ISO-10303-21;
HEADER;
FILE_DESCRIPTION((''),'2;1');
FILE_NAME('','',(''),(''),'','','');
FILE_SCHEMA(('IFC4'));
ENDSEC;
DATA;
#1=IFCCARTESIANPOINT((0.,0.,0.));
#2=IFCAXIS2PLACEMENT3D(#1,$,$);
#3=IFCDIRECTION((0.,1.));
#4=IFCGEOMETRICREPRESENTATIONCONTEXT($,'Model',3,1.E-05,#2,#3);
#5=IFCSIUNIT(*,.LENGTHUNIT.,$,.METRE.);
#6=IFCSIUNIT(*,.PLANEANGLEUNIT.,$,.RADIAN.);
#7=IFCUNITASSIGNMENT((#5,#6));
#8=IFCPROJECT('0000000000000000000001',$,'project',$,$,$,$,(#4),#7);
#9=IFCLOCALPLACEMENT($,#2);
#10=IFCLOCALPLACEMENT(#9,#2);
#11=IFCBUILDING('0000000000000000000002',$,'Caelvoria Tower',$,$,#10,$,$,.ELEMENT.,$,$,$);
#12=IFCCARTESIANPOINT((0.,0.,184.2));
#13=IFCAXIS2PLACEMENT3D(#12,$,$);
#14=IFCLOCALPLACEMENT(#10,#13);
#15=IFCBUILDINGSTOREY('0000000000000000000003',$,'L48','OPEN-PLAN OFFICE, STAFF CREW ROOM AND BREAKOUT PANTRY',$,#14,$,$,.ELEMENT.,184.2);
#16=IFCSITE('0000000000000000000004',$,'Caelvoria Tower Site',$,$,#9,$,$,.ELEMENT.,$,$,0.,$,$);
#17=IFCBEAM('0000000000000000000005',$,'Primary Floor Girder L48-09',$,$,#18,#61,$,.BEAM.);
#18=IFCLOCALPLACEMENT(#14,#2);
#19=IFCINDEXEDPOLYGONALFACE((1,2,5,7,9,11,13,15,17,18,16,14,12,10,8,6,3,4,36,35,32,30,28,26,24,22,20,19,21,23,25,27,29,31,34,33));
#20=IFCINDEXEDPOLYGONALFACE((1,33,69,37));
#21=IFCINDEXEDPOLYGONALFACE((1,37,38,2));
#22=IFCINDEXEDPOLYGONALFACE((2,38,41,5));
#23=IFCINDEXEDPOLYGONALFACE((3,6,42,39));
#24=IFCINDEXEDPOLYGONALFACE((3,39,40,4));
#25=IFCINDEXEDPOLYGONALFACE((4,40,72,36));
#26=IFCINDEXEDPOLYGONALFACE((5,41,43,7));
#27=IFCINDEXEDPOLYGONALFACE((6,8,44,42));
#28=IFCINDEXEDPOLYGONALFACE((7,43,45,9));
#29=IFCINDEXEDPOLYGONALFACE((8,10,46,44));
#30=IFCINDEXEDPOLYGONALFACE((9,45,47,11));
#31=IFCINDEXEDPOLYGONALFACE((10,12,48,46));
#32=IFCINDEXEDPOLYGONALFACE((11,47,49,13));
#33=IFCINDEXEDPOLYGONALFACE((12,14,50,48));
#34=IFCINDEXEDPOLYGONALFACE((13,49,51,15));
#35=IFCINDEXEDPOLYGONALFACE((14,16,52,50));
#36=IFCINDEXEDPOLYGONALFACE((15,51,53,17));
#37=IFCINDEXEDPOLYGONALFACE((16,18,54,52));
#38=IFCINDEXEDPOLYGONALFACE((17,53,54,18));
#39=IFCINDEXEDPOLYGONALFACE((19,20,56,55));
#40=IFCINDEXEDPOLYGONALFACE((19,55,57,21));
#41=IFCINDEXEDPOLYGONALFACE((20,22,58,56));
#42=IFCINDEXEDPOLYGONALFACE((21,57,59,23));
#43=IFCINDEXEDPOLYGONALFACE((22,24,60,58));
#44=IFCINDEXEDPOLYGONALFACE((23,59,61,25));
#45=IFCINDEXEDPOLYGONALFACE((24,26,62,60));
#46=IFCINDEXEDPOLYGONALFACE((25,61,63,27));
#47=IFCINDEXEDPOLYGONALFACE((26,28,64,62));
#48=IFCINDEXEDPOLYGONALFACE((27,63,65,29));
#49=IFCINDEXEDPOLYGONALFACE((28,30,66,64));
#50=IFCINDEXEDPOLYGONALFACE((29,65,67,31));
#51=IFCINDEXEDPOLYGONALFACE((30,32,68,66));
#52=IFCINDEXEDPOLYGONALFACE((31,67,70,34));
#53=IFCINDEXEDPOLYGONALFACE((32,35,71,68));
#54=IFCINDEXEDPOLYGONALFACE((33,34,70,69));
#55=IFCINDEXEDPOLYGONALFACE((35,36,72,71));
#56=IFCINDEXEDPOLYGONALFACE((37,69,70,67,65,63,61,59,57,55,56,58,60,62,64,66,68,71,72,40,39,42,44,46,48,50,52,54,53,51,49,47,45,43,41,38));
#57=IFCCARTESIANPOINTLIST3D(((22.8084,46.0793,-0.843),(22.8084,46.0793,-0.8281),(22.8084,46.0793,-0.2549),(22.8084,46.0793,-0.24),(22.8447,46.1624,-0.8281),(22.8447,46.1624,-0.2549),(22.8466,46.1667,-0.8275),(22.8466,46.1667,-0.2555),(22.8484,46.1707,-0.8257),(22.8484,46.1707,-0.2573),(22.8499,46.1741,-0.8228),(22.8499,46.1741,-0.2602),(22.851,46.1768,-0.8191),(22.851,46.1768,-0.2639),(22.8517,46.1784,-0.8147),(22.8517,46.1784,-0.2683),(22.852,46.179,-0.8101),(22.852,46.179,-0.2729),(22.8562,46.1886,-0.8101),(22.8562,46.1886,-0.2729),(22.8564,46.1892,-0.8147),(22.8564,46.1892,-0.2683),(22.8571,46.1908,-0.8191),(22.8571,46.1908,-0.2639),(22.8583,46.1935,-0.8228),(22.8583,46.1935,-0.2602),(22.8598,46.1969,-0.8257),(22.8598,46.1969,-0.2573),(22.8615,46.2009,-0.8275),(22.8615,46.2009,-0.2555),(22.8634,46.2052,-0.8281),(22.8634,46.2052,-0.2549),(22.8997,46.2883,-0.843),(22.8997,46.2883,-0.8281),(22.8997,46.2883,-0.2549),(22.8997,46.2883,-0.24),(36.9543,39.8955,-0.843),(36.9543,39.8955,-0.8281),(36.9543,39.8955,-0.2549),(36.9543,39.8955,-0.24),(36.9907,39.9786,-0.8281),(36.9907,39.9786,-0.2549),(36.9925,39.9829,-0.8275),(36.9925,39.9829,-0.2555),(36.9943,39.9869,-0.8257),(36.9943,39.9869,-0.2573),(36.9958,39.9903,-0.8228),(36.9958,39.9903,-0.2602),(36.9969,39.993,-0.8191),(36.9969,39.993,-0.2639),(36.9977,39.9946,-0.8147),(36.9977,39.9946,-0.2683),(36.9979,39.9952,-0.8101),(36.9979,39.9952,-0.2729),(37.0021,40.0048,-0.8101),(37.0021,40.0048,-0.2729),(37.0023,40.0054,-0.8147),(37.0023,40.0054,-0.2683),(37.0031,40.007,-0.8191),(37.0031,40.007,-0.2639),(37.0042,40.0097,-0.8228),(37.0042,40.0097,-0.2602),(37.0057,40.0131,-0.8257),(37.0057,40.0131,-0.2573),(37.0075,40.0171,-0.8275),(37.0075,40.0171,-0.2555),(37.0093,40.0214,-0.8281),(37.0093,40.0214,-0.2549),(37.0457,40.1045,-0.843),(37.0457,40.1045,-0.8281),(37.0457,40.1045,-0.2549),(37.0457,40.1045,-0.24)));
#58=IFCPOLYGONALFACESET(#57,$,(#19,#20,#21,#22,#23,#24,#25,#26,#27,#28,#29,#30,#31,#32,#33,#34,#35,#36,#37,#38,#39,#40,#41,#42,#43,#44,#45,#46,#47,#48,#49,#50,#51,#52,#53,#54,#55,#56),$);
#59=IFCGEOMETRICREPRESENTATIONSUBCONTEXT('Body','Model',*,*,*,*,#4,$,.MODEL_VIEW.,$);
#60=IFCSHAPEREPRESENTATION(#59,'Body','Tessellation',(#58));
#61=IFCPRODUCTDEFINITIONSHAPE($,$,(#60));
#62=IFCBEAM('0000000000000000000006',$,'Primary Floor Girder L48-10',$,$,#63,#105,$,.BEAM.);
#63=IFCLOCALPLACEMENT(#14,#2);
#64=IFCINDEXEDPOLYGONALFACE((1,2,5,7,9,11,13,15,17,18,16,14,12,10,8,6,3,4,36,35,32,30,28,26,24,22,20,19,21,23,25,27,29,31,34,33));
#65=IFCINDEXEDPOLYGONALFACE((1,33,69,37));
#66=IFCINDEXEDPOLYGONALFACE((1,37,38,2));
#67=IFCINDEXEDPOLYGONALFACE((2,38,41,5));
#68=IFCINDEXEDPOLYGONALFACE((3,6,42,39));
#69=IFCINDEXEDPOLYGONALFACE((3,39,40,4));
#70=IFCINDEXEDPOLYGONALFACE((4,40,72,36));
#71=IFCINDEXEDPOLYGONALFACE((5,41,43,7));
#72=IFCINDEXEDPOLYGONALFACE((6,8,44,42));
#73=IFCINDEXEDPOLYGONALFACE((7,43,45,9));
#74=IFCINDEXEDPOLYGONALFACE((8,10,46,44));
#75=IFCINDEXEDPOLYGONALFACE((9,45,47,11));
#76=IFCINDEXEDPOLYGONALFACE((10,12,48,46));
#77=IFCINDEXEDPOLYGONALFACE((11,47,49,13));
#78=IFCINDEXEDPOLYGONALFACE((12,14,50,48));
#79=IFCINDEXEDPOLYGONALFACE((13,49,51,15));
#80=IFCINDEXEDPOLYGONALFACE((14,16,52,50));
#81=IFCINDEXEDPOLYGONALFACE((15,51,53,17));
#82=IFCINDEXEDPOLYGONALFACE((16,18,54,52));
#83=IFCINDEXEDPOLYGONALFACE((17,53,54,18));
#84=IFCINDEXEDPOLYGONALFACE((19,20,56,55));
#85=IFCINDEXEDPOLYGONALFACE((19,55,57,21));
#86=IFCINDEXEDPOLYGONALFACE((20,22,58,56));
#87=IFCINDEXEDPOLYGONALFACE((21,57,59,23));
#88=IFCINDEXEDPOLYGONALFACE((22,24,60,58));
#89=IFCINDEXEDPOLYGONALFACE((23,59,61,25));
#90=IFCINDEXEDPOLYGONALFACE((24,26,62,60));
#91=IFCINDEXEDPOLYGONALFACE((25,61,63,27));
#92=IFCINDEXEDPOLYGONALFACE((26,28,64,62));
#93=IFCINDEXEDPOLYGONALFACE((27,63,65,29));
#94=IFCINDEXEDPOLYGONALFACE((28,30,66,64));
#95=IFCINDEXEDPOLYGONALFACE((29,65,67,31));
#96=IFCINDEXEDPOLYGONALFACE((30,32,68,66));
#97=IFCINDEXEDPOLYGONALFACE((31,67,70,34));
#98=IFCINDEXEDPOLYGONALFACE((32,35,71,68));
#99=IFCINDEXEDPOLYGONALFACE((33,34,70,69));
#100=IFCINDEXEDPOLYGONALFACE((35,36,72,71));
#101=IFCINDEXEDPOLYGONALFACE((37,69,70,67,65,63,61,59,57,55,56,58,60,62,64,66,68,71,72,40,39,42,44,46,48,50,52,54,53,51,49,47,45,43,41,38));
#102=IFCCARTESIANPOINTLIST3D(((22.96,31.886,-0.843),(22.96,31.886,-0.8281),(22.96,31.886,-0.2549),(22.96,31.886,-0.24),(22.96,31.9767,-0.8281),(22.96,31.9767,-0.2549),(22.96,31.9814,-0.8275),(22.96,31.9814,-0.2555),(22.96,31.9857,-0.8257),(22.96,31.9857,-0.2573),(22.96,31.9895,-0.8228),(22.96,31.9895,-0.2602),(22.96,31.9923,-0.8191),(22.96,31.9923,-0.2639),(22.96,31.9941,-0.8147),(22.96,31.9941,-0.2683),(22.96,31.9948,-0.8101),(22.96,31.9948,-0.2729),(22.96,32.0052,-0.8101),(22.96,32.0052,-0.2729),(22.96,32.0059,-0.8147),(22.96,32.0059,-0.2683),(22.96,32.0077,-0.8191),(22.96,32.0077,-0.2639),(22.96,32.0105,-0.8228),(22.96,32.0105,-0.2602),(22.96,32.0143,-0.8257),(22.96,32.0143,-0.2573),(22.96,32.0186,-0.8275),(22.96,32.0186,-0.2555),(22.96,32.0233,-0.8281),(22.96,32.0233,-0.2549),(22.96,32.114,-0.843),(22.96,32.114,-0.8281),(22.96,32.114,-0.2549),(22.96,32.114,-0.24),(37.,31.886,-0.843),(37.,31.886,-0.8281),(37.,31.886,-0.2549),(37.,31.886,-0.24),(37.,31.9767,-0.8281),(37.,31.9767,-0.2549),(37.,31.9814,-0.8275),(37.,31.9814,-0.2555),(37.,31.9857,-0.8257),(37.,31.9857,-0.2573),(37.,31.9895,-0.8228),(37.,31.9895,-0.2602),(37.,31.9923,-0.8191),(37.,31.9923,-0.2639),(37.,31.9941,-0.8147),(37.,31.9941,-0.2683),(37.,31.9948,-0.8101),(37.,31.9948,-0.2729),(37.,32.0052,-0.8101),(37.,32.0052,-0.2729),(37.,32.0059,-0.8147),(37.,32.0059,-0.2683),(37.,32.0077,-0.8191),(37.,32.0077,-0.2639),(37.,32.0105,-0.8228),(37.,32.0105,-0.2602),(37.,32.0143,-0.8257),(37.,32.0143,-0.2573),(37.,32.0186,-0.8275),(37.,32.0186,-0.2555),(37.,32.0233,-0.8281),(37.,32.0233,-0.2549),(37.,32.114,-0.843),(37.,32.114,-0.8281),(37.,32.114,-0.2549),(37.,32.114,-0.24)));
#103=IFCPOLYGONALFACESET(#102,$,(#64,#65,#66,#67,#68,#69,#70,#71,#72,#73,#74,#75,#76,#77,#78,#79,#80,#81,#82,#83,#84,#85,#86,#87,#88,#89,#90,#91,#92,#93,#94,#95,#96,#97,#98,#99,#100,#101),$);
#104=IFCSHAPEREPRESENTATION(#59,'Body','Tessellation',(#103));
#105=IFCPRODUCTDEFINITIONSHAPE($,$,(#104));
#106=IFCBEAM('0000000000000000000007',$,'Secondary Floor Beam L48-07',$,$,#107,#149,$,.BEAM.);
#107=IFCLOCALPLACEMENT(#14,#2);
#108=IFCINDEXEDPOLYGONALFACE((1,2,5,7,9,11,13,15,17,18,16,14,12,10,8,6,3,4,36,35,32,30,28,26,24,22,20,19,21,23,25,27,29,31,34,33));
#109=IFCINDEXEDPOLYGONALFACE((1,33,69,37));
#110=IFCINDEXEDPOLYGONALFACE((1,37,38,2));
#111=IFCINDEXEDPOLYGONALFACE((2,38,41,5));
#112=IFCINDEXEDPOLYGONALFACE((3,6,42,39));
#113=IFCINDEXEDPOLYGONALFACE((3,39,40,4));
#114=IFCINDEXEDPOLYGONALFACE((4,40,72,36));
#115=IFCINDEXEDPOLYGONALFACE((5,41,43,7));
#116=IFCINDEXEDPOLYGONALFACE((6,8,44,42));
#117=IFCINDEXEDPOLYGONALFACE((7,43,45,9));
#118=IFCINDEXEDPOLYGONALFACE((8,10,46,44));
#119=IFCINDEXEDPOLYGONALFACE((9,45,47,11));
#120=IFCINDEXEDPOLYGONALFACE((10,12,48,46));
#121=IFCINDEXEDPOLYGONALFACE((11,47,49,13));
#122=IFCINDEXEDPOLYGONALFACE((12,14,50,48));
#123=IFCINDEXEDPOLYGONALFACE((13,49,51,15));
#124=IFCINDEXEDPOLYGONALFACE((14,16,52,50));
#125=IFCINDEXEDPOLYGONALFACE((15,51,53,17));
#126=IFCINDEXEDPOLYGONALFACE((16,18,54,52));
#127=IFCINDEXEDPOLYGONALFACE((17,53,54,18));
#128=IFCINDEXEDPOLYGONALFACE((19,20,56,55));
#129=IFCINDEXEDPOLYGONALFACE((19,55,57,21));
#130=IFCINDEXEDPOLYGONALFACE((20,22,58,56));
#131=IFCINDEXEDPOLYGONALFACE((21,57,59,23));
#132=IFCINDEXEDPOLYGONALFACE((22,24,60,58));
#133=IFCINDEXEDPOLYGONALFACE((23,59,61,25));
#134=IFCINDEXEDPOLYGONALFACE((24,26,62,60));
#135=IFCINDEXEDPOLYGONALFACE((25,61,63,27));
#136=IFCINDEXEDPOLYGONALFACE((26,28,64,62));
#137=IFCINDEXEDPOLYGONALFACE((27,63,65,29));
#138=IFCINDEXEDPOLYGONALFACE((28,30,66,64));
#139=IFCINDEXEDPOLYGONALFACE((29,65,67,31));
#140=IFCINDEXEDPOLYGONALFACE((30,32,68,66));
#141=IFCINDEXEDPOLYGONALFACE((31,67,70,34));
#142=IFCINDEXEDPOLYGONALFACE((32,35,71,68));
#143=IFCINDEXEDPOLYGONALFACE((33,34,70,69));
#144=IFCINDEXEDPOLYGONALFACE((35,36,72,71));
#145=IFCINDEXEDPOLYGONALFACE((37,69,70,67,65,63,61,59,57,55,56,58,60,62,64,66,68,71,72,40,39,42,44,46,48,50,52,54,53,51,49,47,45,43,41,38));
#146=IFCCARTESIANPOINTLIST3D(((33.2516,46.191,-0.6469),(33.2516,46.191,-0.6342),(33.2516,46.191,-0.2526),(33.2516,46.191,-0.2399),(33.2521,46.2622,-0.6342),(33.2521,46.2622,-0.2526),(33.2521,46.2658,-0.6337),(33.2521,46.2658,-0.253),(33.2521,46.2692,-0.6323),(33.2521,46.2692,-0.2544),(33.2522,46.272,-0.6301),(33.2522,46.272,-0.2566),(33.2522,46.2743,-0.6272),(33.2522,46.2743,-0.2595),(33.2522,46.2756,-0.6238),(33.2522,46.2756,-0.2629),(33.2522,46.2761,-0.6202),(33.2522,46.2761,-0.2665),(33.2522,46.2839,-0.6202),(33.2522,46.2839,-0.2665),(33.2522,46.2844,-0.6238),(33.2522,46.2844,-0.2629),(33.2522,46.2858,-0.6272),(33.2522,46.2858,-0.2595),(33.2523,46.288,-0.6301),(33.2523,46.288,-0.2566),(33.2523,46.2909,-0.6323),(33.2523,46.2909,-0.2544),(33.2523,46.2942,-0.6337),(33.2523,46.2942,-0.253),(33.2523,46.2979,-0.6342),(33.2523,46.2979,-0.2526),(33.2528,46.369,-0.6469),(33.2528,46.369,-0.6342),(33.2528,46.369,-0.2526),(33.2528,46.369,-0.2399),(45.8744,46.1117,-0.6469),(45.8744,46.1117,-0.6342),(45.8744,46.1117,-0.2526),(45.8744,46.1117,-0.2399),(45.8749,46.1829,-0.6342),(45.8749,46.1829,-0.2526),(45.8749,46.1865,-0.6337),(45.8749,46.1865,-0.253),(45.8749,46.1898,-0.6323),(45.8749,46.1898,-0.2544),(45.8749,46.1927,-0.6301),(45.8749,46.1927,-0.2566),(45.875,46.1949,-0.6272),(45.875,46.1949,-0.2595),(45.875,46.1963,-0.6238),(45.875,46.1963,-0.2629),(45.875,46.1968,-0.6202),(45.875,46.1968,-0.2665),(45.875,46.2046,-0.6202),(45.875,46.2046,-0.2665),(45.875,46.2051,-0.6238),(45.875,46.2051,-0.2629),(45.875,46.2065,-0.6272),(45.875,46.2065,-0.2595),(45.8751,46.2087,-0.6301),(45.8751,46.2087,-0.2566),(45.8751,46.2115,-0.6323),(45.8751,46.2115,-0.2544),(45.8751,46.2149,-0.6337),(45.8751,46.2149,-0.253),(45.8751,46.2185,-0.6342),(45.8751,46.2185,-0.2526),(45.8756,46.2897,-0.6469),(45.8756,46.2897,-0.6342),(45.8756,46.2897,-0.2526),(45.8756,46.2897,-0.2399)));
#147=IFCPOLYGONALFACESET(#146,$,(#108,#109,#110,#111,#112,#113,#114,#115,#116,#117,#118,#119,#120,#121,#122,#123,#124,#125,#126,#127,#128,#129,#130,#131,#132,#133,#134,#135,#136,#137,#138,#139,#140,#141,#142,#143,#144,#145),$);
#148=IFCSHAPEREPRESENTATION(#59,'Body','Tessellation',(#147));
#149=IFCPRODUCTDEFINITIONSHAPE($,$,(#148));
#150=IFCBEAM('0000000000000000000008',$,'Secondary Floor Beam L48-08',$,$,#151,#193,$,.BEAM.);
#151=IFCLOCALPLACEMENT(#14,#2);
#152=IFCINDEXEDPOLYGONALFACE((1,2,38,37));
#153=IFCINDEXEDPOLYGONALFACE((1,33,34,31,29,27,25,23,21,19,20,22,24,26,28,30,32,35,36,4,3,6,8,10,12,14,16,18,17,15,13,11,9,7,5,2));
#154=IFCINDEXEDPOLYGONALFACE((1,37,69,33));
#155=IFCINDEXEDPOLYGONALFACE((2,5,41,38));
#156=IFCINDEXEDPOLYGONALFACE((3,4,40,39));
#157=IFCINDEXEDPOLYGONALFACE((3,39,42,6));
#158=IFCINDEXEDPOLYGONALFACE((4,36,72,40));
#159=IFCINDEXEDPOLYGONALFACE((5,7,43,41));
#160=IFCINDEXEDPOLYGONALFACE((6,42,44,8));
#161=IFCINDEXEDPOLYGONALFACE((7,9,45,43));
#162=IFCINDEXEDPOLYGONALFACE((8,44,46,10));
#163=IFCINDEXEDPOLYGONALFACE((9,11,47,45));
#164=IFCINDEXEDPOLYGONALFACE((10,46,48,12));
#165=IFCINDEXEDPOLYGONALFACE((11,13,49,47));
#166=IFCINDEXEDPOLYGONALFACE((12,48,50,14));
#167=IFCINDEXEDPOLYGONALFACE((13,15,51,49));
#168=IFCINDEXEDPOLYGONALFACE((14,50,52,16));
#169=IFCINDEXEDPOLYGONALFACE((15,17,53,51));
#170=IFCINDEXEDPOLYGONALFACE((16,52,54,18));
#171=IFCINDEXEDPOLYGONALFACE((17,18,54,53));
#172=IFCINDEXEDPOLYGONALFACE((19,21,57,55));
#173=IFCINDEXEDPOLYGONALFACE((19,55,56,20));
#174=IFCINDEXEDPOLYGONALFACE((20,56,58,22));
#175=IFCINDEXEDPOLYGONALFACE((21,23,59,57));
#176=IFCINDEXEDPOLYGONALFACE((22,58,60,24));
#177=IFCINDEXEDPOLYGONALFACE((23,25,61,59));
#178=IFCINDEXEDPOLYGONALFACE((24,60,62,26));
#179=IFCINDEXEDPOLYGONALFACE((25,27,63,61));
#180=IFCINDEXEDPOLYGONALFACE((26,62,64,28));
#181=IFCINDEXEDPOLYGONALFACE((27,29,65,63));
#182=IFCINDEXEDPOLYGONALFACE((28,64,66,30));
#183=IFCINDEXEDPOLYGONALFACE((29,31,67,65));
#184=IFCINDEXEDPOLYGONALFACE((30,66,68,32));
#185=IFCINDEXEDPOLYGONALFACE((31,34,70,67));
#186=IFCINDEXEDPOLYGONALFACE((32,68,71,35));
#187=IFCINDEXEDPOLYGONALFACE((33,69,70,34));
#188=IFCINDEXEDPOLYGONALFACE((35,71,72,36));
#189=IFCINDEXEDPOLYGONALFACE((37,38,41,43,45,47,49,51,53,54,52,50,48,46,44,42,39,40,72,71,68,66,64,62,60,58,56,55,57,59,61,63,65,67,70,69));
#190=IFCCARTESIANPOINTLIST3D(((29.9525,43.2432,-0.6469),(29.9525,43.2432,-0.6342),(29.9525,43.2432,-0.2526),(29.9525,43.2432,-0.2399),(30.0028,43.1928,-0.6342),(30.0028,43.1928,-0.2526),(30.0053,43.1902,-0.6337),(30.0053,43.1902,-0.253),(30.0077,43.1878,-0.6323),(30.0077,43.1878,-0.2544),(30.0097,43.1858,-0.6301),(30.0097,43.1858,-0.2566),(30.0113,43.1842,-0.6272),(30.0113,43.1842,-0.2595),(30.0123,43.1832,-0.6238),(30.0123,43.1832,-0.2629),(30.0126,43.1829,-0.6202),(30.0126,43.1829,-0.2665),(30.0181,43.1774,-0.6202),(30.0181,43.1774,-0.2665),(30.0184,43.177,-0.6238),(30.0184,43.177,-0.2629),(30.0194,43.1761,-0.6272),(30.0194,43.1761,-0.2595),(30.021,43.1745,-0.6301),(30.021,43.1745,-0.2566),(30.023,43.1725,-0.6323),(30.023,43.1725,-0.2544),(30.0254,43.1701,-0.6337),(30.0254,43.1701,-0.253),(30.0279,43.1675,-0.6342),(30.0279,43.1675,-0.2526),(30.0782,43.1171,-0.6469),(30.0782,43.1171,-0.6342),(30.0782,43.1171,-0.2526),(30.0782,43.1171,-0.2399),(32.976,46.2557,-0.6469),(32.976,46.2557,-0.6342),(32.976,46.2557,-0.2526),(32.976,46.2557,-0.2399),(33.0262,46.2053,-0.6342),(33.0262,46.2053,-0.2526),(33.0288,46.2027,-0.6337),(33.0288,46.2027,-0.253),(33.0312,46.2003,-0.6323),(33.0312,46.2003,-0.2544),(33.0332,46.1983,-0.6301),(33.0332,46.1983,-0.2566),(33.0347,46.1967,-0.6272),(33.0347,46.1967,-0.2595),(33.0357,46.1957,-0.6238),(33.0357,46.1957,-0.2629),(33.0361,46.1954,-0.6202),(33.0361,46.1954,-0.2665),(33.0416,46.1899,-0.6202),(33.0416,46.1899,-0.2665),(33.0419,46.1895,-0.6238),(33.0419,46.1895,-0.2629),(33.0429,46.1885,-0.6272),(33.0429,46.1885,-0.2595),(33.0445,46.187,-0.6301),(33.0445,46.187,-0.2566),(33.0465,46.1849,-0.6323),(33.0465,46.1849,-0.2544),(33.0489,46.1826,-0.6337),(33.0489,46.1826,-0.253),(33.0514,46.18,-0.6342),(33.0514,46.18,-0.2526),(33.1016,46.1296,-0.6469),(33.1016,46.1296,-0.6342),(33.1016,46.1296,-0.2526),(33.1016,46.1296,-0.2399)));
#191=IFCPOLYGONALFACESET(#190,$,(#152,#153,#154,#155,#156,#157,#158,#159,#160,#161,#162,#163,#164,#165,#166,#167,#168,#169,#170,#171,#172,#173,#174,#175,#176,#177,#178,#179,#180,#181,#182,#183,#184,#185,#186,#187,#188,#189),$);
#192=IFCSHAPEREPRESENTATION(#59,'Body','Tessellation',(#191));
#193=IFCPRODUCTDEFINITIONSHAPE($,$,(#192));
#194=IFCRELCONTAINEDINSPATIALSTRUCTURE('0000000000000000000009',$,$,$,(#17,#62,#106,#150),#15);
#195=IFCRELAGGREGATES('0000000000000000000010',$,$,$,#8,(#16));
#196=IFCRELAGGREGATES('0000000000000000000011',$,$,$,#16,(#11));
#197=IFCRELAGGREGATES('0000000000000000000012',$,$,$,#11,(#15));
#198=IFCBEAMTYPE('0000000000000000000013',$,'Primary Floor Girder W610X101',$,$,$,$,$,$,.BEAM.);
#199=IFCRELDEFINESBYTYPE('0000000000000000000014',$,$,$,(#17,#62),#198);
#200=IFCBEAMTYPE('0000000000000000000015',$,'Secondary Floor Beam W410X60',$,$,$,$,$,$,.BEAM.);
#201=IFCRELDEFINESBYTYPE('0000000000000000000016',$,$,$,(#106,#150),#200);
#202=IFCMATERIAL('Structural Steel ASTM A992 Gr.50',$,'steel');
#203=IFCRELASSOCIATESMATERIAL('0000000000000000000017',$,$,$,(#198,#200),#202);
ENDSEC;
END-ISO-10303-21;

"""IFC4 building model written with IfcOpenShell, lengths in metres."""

from ifc_helpers import new_model, si_unit, direction, frame, origin, origin_2d, place, context, subcontext, project, spatial, i_section, extrude, material, material_profile, profile_set, type_object, element, save


model = new_model("IFC4")

# Units and contexts
model_context = context("Model", 3, precision=1e-05, world=origin(), true_north=direction((0.0, 1.0)))
body_context = subcontext(model_context, "Body", "Model", "MODEL_VIEW")
ifc_project = project(units=[si_unit("LENGTHUNIT", "METRE"), si_unit("PLANEANGLEUNIT", "RADIAN")], contexts=[model_context])

# Site, building, storey
site_placement = place(None, origin())
site = spatial("IfcSite", under=ifc_project, at=site_placement, Name="Caelvoria Tower Site", CompositionType="ELEMENT", RefElevation=0.0)
building_placement = place(site_placement, origin())
building = spatial("IfcBuilding", under=site, at=building_placement, Name="Caelvoria Tower", CompositionType="ELEMENT")
storey_placement = place(building_placement, frame((0.0, 0.0, 184.2)))
storey = spatial("IfcBuildingStorey", under=building, at=storey_placement, Name="L48", Description="OPEN-PLAN OFFICE, STAFF CREW ROOM AND BREAKOUT PANTRY", CompositionType="ELEMENT", Elevation=184.2)

# Shared definitions
ifc_material_1 = material(Name="Structural Steel ASTM A992 Gr.50", Category="steel")

# Beams
ifc_material_profile_1 = material_profile(ifc_material_1, i_section(OverallWidth=0.228, OverallDepth=0.603, WebThickness=0.0105, FlangeThickness=0.0149, FilletRadius=0.0181, at=origin_2d()), Name="Structural Steel ASTM A992 Gr.50")
ifc_profile_set_1 = profile_set([ifc_material_profile_1], Name="W610X101 - Structural Steel ASTM A992 Gr.50")
beam_type_1 = type_object("IfcBeamType", Name="Primary Floor Girder W610X101", PredefinedType="BEAM", material=ifc_profile_set_1)
beam_1_placement = place(storey_placement, frame((37.0, 40.0, -0.5415), z_axis=(-0.916277, 0.400545, 0.0), x_axis=(-0.400545, -0.916277, 0.0)))
element("IfcBeam", 1, at=beam_1_placement, inside=storey, type_object=beam_type_1, Name="Primary Floor Girder L48-09", PredefinedType="BEAM", context=body_context, shape_type="SweptSolid", body=[
    extrude(i_section(OverallWidth=0.228, OverallDepth=0.603, WebThickness=0.0105, FlangeThickness=0.0149, FilletRadius=0.0181, at=origin_2d()), origin(), (0.0, 0.0, 1.0), 15.4385),
])
beam_2_placement = place(storey_placement, frame((37.0, 32.0, -0.5415), z_axis=(-1.0, 0.0, 0.0), x_axis=(0.0, -1.0, 0.0)))
element("IfcBeam", 2, at=beam_2_placement, inside=storey, type_object=beam_type_1, Name="Primary Floor Girder L48-10", PredefinedType="BEAM", context=body_context, shape_type="SweptSolid", body=[
    extrude(i_section(OverallWidth=0.228, OverallDepth=0.603, WebThickness=0.0105, FlangeThickness=0.0149, FilletRadius=0.0181, at=origin_2d()), origin(), (0.0, 0.0, 1.0), 14.04),
])
ifc_material_profile_2 = material_profile(ifc_material_1, i_section(OverallWidth=0.178, OverallDepth=0.407, WebThickness=0.0078, FlangeThickness=0.0127, FilletRadius=0.0139, at=origin_2d()), Name="Structural Steel ASTM A992 Gr.50")
ifc_profile_set_2 = profile_set([ifc_material_profile_2], Name="W410X60 - Structural Steel ASTM A992 Gr.50")
beam_type_2 = type_object("IfcBeamType", Name="Secondary Floor Beam W410X60", PredefinedType="BEAM", material=ifc_profile_set_2)
beam_3_placement = place(storey_placement, frame((45.875, 46.2007, -0.4434), z_axis=(-0.99998, 0.006286, 0.0), x_axis=(-0.006286, -0.99998, 0.0)))
element("IfcBeam", 3, at=beam_3_placement, inside=storey, type_object=beam_type_2, Name="Secondary Floor Beam L48-07", PredefinedType="BEAM", context=body_context, shape_type="SweptSolid", body=[
    extrude(i_section(OverallWidth=0.178, OverallDepth=0.407, WebThickness=0.0078, FlangeThickness=0.0127, FilletRadius=0.0139, at=origin_2d()), origin(), (0.0, 0.0, 1.0), 12.623),
])
beam_4_placement = place(storey_placement, frame((33.0388, 46.1926, -0.4434), z_axis=(-0.708393, -0.705819, 0.0), x_axis=(0.705819, -0.708393, 0.0)))
element("IfcBeam", 4, at=beam_4_placement, inside=storey, type_object=beam_type_2, Name="Secondary Floor Beam L48-08", PredefinedType="BEAM", context=body_context, shape_type="SweptSolid", body=[
    extrude(i_section(OverallWidth=0.178, OverallDepth=0.407, WebThickness=0.0078, FlangeThickness=0.0127, FilletRadius=0.0139, at=origin_2d()), origin(), (0.0, 0.0, 1.0), 4.2681),
])

save(model, "model.ifc")
